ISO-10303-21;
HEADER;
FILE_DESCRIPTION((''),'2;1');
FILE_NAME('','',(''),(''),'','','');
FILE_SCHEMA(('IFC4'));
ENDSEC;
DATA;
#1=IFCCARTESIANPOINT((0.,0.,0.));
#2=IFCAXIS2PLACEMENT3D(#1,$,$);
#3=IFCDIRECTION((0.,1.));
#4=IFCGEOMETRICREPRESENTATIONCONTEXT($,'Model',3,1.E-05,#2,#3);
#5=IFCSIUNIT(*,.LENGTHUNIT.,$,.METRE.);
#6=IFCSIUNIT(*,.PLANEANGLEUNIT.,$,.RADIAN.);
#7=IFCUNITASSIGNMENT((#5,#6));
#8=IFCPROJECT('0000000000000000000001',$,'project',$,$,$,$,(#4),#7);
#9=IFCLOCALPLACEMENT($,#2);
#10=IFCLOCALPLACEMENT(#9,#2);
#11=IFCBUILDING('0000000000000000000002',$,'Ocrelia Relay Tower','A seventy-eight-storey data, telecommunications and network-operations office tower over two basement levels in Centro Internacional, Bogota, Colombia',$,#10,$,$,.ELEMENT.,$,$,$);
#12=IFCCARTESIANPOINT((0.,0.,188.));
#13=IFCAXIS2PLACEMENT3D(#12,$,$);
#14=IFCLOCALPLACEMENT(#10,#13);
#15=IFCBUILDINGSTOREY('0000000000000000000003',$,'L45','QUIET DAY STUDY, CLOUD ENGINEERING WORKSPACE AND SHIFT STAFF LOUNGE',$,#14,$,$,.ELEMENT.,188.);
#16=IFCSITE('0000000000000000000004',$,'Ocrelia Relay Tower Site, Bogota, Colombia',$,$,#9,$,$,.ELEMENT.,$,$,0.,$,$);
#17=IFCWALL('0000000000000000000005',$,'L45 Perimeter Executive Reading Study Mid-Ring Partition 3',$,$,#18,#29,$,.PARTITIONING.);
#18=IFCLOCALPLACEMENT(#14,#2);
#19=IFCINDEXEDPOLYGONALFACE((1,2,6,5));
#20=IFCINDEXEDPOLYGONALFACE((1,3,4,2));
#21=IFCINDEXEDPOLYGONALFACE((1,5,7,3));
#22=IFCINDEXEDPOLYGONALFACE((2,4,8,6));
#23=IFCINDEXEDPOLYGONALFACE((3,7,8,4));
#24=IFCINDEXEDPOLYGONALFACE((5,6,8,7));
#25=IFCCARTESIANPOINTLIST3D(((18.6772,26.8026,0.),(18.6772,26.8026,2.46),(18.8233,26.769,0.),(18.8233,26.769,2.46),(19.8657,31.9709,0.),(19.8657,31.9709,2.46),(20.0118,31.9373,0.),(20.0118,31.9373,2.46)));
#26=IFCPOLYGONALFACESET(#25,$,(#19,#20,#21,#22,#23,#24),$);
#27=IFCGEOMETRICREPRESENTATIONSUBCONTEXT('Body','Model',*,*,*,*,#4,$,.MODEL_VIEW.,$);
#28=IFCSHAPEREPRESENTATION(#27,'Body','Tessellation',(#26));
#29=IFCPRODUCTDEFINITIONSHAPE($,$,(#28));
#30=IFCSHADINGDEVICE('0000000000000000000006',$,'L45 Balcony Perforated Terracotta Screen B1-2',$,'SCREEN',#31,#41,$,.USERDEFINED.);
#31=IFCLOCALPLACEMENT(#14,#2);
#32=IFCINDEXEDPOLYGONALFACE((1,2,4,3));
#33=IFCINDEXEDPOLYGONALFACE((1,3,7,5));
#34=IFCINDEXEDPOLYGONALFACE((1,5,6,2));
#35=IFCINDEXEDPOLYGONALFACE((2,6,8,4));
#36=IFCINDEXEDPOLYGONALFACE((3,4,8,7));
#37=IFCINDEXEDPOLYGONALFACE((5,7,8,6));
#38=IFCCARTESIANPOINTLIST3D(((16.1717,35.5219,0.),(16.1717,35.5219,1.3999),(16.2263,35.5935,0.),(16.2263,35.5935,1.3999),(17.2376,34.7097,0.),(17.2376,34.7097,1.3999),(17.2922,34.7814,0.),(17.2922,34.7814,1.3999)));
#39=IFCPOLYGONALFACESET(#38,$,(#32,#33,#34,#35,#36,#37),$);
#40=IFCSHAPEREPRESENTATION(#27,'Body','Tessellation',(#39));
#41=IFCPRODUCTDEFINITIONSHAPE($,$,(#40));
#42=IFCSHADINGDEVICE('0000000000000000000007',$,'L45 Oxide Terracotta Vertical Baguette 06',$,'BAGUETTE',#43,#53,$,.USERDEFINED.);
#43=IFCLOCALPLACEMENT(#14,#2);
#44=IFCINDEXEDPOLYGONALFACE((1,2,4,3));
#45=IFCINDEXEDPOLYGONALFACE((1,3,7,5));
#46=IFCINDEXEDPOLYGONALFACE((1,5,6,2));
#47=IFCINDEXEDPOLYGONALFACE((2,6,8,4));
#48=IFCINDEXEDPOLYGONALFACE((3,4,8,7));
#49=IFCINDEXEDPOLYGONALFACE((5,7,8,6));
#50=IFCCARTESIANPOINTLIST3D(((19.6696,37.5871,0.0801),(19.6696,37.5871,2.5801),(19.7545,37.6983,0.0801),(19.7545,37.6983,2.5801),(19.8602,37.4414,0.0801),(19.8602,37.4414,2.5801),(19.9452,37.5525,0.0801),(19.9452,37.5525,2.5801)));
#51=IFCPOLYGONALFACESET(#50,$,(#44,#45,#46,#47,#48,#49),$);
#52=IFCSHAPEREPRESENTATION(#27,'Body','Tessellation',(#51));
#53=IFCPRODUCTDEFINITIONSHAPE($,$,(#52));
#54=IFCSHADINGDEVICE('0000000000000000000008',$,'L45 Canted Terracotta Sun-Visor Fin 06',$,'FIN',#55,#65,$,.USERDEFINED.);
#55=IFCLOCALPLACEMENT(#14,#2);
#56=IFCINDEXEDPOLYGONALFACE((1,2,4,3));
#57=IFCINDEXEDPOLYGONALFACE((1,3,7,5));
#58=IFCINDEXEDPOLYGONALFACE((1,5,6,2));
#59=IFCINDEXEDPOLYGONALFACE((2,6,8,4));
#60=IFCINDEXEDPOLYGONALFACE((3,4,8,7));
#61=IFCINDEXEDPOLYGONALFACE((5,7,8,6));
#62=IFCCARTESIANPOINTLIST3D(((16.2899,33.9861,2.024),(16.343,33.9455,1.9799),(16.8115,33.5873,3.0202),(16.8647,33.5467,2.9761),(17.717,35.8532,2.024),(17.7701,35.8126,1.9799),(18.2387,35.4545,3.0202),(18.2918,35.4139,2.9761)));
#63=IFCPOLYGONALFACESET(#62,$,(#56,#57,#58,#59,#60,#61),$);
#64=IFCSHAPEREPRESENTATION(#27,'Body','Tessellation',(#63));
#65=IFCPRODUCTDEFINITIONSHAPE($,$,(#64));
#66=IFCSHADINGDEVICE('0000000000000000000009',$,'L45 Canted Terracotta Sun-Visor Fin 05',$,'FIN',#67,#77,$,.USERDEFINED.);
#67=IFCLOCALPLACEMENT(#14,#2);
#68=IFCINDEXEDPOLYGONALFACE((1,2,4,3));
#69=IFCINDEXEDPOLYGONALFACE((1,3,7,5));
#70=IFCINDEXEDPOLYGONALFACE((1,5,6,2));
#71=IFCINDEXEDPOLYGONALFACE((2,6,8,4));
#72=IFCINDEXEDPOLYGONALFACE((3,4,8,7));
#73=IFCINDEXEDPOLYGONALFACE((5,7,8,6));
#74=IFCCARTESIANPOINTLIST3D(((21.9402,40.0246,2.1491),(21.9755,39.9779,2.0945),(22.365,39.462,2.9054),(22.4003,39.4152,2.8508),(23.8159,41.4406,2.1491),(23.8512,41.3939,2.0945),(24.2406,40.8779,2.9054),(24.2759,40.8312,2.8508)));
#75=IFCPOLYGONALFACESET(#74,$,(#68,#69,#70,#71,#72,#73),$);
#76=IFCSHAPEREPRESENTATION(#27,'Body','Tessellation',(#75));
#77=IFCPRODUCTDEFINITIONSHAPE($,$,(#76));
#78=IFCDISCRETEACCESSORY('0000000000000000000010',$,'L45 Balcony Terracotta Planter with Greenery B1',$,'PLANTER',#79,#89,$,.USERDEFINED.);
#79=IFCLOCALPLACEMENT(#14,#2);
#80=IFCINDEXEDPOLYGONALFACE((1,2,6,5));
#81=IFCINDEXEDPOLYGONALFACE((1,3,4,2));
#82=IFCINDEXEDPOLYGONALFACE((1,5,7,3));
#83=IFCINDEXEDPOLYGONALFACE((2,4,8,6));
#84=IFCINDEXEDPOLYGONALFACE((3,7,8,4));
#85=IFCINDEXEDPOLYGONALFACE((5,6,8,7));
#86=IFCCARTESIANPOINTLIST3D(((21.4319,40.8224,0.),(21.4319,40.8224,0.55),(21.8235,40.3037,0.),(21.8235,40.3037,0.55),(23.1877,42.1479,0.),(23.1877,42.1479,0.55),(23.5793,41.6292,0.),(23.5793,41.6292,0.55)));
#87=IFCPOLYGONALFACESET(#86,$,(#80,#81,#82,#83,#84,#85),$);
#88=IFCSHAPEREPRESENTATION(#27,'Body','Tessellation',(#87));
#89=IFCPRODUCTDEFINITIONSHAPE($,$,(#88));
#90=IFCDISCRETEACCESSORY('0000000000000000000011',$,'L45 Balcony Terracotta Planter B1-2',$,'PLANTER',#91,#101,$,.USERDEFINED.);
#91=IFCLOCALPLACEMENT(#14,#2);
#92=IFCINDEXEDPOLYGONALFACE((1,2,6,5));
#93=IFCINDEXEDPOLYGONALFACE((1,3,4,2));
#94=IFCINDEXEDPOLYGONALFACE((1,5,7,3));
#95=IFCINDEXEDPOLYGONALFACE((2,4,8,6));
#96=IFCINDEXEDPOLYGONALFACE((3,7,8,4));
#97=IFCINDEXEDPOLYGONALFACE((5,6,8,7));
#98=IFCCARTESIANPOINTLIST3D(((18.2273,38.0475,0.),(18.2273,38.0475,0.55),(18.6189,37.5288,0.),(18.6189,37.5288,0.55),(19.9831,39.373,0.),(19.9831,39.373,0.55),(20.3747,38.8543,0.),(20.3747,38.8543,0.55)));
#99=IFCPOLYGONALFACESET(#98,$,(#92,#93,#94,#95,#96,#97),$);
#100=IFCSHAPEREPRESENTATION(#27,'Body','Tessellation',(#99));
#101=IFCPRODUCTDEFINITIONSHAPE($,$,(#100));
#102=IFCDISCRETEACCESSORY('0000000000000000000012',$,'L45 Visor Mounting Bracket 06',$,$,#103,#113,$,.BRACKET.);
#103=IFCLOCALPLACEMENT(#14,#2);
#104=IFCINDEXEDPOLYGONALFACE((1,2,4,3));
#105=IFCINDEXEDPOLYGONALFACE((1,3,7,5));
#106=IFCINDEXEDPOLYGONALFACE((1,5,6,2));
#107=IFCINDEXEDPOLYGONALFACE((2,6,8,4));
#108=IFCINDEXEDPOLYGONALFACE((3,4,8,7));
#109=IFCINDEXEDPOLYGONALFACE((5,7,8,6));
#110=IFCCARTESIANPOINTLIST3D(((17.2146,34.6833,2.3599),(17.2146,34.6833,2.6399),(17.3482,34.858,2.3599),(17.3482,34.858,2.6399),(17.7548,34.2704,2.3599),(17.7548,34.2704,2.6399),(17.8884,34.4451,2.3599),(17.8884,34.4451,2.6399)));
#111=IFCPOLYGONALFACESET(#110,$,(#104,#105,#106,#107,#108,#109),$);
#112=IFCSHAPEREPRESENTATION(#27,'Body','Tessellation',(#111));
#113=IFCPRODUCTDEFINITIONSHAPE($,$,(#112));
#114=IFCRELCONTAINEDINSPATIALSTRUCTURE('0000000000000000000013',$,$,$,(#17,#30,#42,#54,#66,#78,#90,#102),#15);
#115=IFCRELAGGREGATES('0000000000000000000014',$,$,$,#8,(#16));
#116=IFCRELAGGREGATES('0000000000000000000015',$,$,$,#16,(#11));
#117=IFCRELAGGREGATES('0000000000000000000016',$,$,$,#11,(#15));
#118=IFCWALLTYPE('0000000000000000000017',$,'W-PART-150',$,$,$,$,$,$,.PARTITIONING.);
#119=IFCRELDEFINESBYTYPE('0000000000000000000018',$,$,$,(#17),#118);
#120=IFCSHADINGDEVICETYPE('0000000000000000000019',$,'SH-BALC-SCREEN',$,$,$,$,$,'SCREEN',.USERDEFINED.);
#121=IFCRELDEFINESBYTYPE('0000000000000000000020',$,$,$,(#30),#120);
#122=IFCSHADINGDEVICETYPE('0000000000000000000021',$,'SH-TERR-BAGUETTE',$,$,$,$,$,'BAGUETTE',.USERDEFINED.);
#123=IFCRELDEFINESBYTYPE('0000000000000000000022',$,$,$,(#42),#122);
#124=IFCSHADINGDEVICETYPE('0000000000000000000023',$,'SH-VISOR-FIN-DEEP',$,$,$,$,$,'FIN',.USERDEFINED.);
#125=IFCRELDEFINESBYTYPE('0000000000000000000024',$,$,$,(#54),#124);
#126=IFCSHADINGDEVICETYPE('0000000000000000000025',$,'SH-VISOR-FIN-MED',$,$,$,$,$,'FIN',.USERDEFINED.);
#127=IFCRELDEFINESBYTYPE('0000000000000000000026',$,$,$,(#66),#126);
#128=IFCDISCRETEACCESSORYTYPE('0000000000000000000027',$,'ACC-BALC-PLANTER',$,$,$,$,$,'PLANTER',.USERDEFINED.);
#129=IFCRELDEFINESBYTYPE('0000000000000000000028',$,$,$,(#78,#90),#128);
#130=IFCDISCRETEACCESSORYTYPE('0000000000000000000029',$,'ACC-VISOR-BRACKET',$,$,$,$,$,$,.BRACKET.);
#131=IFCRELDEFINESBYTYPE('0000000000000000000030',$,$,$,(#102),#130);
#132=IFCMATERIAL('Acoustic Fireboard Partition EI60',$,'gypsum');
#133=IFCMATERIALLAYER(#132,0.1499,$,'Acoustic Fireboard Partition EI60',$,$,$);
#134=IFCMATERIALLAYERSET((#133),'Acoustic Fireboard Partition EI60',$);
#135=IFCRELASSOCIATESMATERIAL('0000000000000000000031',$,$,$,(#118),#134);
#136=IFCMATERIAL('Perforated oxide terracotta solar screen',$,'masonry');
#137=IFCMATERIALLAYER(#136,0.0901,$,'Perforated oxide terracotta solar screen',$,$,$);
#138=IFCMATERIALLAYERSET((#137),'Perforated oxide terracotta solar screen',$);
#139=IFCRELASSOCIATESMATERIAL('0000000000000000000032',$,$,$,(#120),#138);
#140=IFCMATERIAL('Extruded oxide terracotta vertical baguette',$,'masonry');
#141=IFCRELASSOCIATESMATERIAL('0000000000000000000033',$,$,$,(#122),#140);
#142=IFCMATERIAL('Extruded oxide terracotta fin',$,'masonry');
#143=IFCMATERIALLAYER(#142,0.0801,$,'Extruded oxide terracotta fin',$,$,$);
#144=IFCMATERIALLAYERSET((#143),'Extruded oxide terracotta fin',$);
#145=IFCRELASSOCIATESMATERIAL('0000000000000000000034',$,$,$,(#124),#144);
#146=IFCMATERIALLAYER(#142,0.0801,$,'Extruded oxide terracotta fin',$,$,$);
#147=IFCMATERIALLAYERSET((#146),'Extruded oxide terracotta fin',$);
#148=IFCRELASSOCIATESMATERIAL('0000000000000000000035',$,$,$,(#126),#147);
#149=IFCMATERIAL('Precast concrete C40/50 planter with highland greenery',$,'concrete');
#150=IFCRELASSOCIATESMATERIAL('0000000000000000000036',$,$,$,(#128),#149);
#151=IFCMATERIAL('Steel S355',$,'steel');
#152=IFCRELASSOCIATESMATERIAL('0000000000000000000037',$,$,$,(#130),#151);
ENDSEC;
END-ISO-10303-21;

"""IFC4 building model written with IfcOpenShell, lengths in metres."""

from ifc_helpers import new_model, si_unit, direction, frame, frame_2d, origin, origin_2d, place, context, subcontext, project, spatial, rectangle, extrude, material, layer, layer_set, type_object, element, save


model = new_model("IFC4")

# Units and contexts
model_context = context("Model", 3, precision=1e-05, world=origin(), true_north=direction((0.0, 1.0)))
body_context = subcontext(model_context, "Body", "Model", "MODEL_VIEW")
ifc_project = project(units=[si_unit("LENGTHUNIT", "METRE"), si_unit("PLANEANGLEUNIT", "RADIAN")], contexts=[model_context])

# Site, building, storey
site_placement = place(None, origin())
site = spatial("IfcSite", under=ifc_project, at=site_placement, Name="Ocrelia Relay Tower Site, Bogota, Colombia", CompositionType="ELEMENT", RefElevation=0.0)
building_placement = place(site_placement, origin())
building = spatial("IfcBuilding", under=site, at=building_placement, Name="Ocrelia Relay Tower", Description="A seventy-eight-storey data, telecommunications and network-operations office tower over two basement levels in Centro Internacional, Bogota, Colombia", CompositionType="ELEMENT")
storey_placement = place(building_placement, frame((0.0, 0.0, 188.0)))
storey = spatial("IfcBuildingStorey", under=building, at=storey_placement, Name="L45", Description="QUIET DAY STUDY, CLOUD ENGINEERING WORKSPACE AND SHIFT STAFF LOUNGE", CompositionType="ELEMENT", Elevation=188.0)

# Shared definitions
ifc_material_1 = material(Name="Steel S355", Category="steel")

# Wall
ifc_material_2 = material(Name="Acoustic Fireboard Partition EI60", Category="gypsum")
ifc_layer_1 = layer(ifc_material_2, 0.1499, Name="Acoustic Fireboard Partition EI60")
ifc_layer_set_1 = layer_set([ifc_layer_1], Name="Acoustic Fireboard Partition EI60")
wall_type_1 = type_object("IfcWallType", Name="W-PART-150", PredefinedType="PARTITIONING", material=ifc_layer_set_1)
for number, where, z_axis, x_axis, name in (
    (1, (19.9387, 31.9541, 0.0), (0.0, 0.0, 1.0), (-0.22411, -0.974564, 0.0), "L45 Perimeter Executive Reading Study Mid-Ring Partition 3"),
):
    element("IfcWall", number, at=place(storey_placement, frame(where, z_axis=z_axis, x_axis=x_axis)), inside=storey, type_object=wall_type_1, Name=name, PredefinedType="PARTITIONING", context=body_context, shape_type="SweptSolid", body=[
        extrude(rectangle(XDim=5.3032, YDim=0.1499, at=frame_2d((2.6516, 0.0))), origin(), (0.0, 0.0, 1.0), 2.46),
    ])

# Shading devices
ifc_material_3 = material(Name="Perforated oxide terracotta solar screen", Category="masonry")
ifc_layer_2 = layer(ifc_material_3, 0.0901, Name="Perforated oxide terracotta solar screen")
ifc_layer_set_2 = layer_set([ifc_layer_2], Name="Perforated oxide terracotta solar screen")
shading_device_type_1 = type_object("IfcShadingDeviceType", Name="SH-BALC-SCREEN", ElementType="SCREEN", PredefinedType="USERDEFINED", material=ifc_layer_set_2)
shading_device_1_placement = place(storey_placement, frame((16.7319, 35.1516, 0.0), z_axis=(0.0, 0.0, 1.0), x_axis=(-0.79543, 0.606045, 0.0)))
element("IfcShadingDevice", 2, at=shading_device_1_placement, inside=storey, type_object=shading_device_type_1, Name="L45 Balcony Perforated Terracotta Screen B1-2", ObjectType="SCREEN", PredefinedType="USERDEFINED", context=body_context, shape_type="SweptSolid", body=[
    extrude(rectangle(XDim=1.3401, YDim=0.0901, at=origin_2d()), origin(), (0.0, 0.0, 1.0), 1.3999),
])
ifc_material_4 = material(Name="Extruded oxide terracotta vertical baguette", Category="masonry")
shading_device_type_2 = type_object("IfcShadingDeviceType", Name="SH-TERR-BAGUETTE", ElementType="BAGUETTE", PredefinedType="USERDEFINED", material=ifc_material_4)
shading_device_2_placement = place(storey_placement, frame((19.8074, 37.5698, 0.0801), z_axis=(0.0, 0.0, 1.0), x_axis=(-0.60726, -0.794504, 0.0)))
element("IfcShadingDevice", 3, at=shading_device_2_placement, inside=storey, type_object=shading_device_type_2, Name="L45 Oxide Terracotta Vertical Baguette 06", ObjectType="BAGUETTE", PredefinedType="USERDEFINED", context=body_context, shape_type="SweptSolid", body=[
    extrude(rectangle(XDim=0.1399, YDim=0.24, at=origin_2d()), origin(), (0.0, 0.0, 1.0), 2.5),
])
ifc_material_5 = material(Name="Extruded oxide terracotta fin", Category="masonry")
ifc_layer_3 = layer(ifc_material_5, 0.0801, Name="Extruded oxide terracotta fin")
ifc_layer_set_3 = layer_set([ifc_layer_3], Name="Extruded oxide terracotta fin")
shading_device_type_3 = type_object("IfcShadingDeviceType", Name="SH-VISOR-FIN-DEEP", ElementType="FIN", PredefinedType="USERDEFINED", material=ifc_layer_set_3)
shading_device_3_placement = place(storey_placement, frame((17.3174, 34.6797, 2.478), z_axis=(-0.663366, 0.507028, 0.550335), x_axis=(-0.60726, -0.794504, 0.0)))
element("IfcShadingDevice", 4, at=shading_device_3_placement, inside=storey, type_object=shading_device_type_3, Name="L45 Canted Terracotta Sun-Visor Fin 06", ObjectType="FIN", PredefinedType="USERDEFINED", context=body_context, shape_type="SweptSolid", body=[
    extrude(rectangle(XDim=2.3501, YDim=1.1931, at=origin_2d()), origin(), (0.0, 0.0, 1.0), 0.0801),
])
ifc_layer_4 = layer(ifc_material_5, 0.0801, Name="Extruded oxide terracotta fin")
ifc_layer_set_4 = layer_set([ifc_layer_4], Name="Extruded oxide terracotta fin")
shading_device_type_4 = type_object("IfcShadingDeviceType", Name="SH-VISOR-FIN-MED", ElementType="FIN", PredefinedType="USERDEFINED", material=ifc_layer_set_4)
shading_device_4_placement = place(storey_placement, frame((23.1257, 40.4045, 2.4727), z_axis=(-0.440725, 0.583793, 0.681871), x_axis=(-0.798106, -0.602517, 0.0)))
element("IfcShadingDevice", 5, at=shading_device_4_placement, inside=storey, type_object=shading_device_type_4, Name="L45 Canted Terracotta Sun-Visor Fin 05", ObjectType="FIN", PredefinedType="USERDEFINED", context=body_context, shape_type="SweptSolid", body=[
    extrude(rectangle(XDim=2.3501, YDim=1.0339, at=origin_2d()), origin(), (0.0, 0.0, 1.0), 0.0801),
])

# Discrete accessories
ifc_material_6 = material(Name="Precast concrete C40/50 planter with highland greenery", Category="concrete")
discrete_accessory_type_1 = type_object("IfcDiscreteAccessoryType", Name="ACC-BALC-PLANTER", ElementType="PLANTER", PredefinedType="USERDEFINED", material=ifc_material_6)
for number, where, z_axis, x_axis, name in (
    (6, (22.5056, 41.2258, 0.0), (0.0, 0.0, 1.0), (0.798109, 0.602513, 0.0), "L45 Balcony Terracotta Planter with Greenery B1"),
    (7, (19.301, 38.4509, 0.0), (0.0, 0.0, 1.0), (0.798109, 0.602513, 0.0), "L45 Balcony Terracotta Planter B1-2"),
):
    element("IfcDiscreteAccessory", number, at=place(storey_placement, frame(where, z_axis=z_axis, x_axis=x_axis)), inside=storey, type_object=discrete_accessory_type_1, Name=name, ObjectType="PLANTER", PredefinedType="USERDEFINED", context=body_context, shape_type="SweptSolid", body=[
        extrude(rectangle(XDim=2.2, YDim=0.6499, at=origin_2d()), origin(), (0.0, 0.0, 1.0), 0.55),
    ])
discrete_accessory_type_2 = type_object("IfcDiscreteAccessoryType", Name="ACC-VISOR-BRACKET", PredefinedType="BRACKET", material=ifc_material_1)
discrete_accessory_placement = place(storey_placement, frame((17.5515, 34.5642, 2.3599), z_axis=(0.0, 0.0, 1.0), x_axis=(-0.60726, -0.794504, 0.0)))
element("IfcDiscreteAccessory", 8, at=discrete_accessory_placement, inside=storey, type_object=discrete_accessory_type_2, Name="L45 Visor Mounting Bracket 06", PredefinedType="BRACKET", context=body_context, shape_type="SweptSolid", body=[
    extrude(rectangle(XDim=0.22, YDim=0.6799, at=origin_2d()), origin(), (0.0, 0.0, 1.0), 0.28),
])

save(model, "model.ifc")
